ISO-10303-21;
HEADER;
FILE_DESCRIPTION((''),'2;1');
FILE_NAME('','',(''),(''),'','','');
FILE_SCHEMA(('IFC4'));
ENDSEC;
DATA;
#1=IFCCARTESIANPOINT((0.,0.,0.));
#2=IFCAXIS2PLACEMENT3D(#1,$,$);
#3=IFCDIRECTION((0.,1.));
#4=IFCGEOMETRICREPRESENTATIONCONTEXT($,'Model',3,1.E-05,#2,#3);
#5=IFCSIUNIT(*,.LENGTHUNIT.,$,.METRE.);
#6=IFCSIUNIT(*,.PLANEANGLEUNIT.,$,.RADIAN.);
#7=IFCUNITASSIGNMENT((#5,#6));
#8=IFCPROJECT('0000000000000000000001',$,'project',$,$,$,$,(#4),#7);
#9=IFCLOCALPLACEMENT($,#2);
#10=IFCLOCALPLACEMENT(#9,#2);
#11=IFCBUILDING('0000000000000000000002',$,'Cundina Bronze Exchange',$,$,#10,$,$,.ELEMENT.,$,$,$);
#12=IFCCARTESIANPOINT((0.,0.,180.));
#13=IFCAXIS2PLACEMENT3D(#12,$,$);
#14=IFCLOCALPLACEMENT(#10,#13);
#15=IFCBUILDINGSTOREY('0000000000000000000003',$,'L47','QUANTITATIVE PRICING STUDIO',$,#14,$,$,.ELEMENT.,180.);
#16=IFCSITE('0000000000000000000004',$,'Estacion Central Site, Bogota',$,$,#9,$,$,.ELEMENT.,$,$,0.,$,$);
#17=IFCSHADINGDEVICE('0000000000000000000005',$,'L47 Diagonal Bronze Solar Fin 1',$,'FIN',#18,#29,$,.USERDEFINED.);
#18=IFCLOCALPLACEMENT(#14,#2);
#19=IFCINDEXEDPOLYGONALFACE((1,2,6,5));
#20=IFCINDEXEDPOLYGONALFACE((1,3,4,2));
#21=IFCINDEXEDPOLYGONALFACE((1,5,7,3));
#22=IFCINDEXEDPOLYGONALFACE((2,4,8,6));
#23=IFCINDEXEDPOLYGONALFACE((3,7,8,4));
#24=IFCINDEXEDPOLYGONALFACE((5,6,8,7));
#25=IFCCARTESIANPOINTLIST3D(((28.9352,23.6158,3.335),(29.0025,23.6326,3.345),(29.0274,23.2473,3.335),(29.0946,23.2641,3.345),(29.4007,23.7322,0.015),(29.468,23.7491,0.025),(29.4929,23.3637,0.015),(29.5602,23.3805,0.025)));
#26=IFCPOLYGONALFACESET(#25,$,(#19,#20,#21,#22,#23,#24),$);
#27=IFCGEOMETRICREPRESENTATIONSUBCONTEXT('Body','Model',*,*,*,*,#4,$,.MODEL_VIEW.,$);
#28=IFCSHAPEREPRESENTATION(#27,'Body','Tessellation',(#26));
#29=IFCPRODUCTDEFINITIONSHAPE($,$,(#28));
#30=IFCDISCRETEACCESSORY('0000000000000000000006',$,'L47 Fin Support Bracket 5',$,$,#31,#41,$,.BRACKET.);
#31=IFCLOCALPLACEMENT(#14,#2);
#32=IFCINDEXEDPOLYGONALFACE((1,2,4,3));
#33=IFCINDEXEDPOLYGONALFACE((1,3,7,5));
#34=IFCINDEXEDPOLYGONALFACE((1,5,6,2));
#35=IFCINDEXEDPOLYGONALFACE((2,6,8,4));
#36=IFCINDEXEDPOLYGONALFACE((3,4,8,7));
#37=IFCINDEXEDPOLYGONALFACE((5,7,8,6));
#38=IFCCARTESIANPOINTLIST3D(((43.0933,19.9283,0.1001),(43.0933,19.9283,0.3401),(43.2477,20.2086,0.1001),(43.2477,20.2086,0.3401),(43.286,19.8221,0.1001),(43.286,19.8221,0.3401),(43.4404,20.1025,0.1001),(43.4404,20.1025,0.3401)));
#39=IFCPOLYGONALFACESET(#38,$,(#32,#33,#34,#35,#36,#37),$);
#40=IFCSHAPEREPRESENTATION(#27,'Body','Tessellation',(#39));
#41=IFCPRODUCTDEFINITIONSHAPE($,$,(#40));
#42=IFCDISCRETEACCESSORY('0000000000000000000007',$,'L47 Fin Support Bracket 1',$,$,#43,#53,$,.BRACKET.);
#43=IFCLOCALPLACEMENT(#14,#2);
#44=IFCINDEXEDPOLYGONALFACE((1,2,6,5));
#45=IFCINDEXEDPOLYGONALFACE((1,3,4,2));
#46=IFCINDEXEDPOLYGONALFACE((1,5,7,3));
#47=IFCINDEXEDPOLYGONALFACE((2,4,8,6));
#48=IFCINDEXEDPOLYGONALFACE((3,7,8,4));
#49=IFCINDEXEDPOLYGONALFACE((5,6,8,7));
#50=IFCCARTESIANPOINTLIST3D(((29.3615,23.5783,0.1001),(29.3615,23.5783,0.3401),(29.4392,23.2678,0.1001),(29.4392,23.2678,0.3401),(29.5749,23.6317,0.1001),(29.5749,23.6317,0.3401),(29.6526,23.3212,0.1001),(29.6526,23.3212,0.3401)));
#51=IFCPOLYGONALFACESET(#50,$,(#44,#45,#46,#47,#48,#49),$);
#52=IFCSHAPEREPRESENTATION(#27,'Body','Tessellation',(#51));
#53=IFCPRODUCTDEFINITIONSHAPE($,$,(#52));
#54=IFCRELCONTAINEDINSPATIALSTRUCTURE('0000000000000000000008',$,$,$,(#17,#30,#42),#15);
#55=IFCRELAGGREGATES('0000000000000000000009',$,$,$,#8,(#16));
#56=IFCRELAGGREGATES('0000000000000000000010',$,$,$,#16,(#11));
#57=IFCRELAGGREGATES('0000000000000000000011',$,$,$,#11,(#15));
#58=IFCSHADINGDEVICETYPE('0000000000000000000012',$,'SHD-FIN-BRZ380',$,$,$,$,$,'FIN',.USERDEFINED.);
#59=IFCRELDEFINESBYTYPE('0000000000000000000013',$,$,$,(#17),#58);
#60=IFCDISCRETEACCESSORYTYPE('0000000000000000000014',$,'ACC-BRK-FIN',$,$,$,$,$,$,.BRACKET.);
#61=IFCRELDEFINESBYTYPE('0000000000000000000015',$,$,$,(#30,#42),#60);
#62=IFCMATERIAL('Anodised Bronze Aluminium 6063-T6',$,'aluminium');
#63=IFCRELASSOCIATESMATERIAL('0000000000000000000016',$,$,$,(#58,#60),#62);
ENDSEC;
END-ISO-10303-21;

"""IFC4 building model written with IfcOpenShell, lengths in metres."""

from ifc_helpers import new_model, si_unit, direction, frame, origin, origin_2d, place, context, subcontext, project, spatial, rectangle, extrude, material, material_profile, profile_set, type_object, element, save


model = new_model("IFC4")

# Units and contexts
model_context = context("Model", 3, precision=1e-05, world=origin(), true_north=direction((0.0, 1.0)))
body_context = subcontext(model_context, "Body", "Model", "MODEL_VIEW")
ifc_project = project(units=[si_unit("LENGTHUNIT", "METRE"), si_unit("PLANEANGLEUNIT", "RADIAN")], contexts=[model_context])

# Site, building, storey
site_placement = place(None, origin())
site = spatial("IfcSite", under=ifc_project, at=site_placement, Name="Estacion Central Site, Bogota", CompositionType="ELEMENT", RefElevation=0.0)
building_placement = place(site_placement, origin())
building = spatial("IfcBuilding", under=site, at=building_placement, Name="Cundina Bronze Exchange", CompositionType="ELEMENT")
storey_placement = place(building_placement, frame((0.0, 0.0, 180.0)))
storey = spatial("IfcBuildingStorey", under=building, at=storey_placement, Name="L47", Description="QUANTITATIVE PRICING STUDIO", CompositionType="ELEMENT", Elevation=180.0)

# Shared definitions
ifc_material_1 = material(Name="Anodised Bronze Aluminium 6063-T6", Category="aluminium")

# Shading device
ifc_material_profile_1 = material_profile(ifc_material_1, rectangle(XDim=0.0701, YDim=0.3799, at=origin_2d()), Name="FIN70X380", Category="aluminium")
ifc_profile_set_1 = profile_set([ifc_material_profile_1], Name="Anodised Bronze Aluminium 6063-T6")
shading_device_type = type_object("IfcShadingDeviceType", Name="SHD-FIN-BRZ380", ElementType="FIN", PredefinedType="USERDEFINED", material=ifc_profile_set_1)
for number, where, z_axis, x_axis, name in (
    (1, (29.4805, 23.5564, 0.02), (-0.138788, -0.034715, 0.989713), (0.960133, 0.240159, 0.143064), "L47 Diagonal Bronze Solar Fin 1"),
):
    element("IfcShadingDevice", number, at=place(storey_placement, frame(where, z_axis=z_axis, x_axis=x_axis)), inside=storey, type_object=shading_device_type, Name=name, ObjectType="FIN", PredefinedType="USERDEFINED", context=body_context, shape_type="SweptSolid", body=[
        extrude(rectangle(XDim=0.0701, YDim=0.3799, at=origin_2d()), origin(), (0.0, 0.0, 1.0), 3.3545),
    ])

# Discrete accessories
discrete_accessory_type = type_object("IfcDiscreteAccessoryType", Name="ACC-BRK-FIN", PredefinedType="BRACKET", material=ifc_material_1)
for number, where, z_axis, x_axis, name in (
    (2, (43.2668, 20.0154, 0.1001), (0.0, 0.0, 1.0), (-0.875869, 0.482549, 0.0), "L47 Fin Support Bracket 5"),
    (3, (29.5071, 23.4497, 0.1001), (0.0, 0.0, 1.0), (-0.970093, -0.242735, 0.0), "L47 Fin Support Bracket 1"),
):
    element("IfcDiscreteAccessory", number, at=place(storey_placement, frame(where, z_axis=z_axis, x_axis=x_axis)), inside=storey, type_object=discrete_accessory_type, Name=name, PredefinedType="BRACKET", context=body_context, shape_type="SweptSolid", body=[
        extrude(rectangle(XDim=0.22, YDim=0.3201, at=origin_2d()), origin(), (0.0, 0.0, 1.0), 0.24),
    ])

save(model, "model.ifc")
